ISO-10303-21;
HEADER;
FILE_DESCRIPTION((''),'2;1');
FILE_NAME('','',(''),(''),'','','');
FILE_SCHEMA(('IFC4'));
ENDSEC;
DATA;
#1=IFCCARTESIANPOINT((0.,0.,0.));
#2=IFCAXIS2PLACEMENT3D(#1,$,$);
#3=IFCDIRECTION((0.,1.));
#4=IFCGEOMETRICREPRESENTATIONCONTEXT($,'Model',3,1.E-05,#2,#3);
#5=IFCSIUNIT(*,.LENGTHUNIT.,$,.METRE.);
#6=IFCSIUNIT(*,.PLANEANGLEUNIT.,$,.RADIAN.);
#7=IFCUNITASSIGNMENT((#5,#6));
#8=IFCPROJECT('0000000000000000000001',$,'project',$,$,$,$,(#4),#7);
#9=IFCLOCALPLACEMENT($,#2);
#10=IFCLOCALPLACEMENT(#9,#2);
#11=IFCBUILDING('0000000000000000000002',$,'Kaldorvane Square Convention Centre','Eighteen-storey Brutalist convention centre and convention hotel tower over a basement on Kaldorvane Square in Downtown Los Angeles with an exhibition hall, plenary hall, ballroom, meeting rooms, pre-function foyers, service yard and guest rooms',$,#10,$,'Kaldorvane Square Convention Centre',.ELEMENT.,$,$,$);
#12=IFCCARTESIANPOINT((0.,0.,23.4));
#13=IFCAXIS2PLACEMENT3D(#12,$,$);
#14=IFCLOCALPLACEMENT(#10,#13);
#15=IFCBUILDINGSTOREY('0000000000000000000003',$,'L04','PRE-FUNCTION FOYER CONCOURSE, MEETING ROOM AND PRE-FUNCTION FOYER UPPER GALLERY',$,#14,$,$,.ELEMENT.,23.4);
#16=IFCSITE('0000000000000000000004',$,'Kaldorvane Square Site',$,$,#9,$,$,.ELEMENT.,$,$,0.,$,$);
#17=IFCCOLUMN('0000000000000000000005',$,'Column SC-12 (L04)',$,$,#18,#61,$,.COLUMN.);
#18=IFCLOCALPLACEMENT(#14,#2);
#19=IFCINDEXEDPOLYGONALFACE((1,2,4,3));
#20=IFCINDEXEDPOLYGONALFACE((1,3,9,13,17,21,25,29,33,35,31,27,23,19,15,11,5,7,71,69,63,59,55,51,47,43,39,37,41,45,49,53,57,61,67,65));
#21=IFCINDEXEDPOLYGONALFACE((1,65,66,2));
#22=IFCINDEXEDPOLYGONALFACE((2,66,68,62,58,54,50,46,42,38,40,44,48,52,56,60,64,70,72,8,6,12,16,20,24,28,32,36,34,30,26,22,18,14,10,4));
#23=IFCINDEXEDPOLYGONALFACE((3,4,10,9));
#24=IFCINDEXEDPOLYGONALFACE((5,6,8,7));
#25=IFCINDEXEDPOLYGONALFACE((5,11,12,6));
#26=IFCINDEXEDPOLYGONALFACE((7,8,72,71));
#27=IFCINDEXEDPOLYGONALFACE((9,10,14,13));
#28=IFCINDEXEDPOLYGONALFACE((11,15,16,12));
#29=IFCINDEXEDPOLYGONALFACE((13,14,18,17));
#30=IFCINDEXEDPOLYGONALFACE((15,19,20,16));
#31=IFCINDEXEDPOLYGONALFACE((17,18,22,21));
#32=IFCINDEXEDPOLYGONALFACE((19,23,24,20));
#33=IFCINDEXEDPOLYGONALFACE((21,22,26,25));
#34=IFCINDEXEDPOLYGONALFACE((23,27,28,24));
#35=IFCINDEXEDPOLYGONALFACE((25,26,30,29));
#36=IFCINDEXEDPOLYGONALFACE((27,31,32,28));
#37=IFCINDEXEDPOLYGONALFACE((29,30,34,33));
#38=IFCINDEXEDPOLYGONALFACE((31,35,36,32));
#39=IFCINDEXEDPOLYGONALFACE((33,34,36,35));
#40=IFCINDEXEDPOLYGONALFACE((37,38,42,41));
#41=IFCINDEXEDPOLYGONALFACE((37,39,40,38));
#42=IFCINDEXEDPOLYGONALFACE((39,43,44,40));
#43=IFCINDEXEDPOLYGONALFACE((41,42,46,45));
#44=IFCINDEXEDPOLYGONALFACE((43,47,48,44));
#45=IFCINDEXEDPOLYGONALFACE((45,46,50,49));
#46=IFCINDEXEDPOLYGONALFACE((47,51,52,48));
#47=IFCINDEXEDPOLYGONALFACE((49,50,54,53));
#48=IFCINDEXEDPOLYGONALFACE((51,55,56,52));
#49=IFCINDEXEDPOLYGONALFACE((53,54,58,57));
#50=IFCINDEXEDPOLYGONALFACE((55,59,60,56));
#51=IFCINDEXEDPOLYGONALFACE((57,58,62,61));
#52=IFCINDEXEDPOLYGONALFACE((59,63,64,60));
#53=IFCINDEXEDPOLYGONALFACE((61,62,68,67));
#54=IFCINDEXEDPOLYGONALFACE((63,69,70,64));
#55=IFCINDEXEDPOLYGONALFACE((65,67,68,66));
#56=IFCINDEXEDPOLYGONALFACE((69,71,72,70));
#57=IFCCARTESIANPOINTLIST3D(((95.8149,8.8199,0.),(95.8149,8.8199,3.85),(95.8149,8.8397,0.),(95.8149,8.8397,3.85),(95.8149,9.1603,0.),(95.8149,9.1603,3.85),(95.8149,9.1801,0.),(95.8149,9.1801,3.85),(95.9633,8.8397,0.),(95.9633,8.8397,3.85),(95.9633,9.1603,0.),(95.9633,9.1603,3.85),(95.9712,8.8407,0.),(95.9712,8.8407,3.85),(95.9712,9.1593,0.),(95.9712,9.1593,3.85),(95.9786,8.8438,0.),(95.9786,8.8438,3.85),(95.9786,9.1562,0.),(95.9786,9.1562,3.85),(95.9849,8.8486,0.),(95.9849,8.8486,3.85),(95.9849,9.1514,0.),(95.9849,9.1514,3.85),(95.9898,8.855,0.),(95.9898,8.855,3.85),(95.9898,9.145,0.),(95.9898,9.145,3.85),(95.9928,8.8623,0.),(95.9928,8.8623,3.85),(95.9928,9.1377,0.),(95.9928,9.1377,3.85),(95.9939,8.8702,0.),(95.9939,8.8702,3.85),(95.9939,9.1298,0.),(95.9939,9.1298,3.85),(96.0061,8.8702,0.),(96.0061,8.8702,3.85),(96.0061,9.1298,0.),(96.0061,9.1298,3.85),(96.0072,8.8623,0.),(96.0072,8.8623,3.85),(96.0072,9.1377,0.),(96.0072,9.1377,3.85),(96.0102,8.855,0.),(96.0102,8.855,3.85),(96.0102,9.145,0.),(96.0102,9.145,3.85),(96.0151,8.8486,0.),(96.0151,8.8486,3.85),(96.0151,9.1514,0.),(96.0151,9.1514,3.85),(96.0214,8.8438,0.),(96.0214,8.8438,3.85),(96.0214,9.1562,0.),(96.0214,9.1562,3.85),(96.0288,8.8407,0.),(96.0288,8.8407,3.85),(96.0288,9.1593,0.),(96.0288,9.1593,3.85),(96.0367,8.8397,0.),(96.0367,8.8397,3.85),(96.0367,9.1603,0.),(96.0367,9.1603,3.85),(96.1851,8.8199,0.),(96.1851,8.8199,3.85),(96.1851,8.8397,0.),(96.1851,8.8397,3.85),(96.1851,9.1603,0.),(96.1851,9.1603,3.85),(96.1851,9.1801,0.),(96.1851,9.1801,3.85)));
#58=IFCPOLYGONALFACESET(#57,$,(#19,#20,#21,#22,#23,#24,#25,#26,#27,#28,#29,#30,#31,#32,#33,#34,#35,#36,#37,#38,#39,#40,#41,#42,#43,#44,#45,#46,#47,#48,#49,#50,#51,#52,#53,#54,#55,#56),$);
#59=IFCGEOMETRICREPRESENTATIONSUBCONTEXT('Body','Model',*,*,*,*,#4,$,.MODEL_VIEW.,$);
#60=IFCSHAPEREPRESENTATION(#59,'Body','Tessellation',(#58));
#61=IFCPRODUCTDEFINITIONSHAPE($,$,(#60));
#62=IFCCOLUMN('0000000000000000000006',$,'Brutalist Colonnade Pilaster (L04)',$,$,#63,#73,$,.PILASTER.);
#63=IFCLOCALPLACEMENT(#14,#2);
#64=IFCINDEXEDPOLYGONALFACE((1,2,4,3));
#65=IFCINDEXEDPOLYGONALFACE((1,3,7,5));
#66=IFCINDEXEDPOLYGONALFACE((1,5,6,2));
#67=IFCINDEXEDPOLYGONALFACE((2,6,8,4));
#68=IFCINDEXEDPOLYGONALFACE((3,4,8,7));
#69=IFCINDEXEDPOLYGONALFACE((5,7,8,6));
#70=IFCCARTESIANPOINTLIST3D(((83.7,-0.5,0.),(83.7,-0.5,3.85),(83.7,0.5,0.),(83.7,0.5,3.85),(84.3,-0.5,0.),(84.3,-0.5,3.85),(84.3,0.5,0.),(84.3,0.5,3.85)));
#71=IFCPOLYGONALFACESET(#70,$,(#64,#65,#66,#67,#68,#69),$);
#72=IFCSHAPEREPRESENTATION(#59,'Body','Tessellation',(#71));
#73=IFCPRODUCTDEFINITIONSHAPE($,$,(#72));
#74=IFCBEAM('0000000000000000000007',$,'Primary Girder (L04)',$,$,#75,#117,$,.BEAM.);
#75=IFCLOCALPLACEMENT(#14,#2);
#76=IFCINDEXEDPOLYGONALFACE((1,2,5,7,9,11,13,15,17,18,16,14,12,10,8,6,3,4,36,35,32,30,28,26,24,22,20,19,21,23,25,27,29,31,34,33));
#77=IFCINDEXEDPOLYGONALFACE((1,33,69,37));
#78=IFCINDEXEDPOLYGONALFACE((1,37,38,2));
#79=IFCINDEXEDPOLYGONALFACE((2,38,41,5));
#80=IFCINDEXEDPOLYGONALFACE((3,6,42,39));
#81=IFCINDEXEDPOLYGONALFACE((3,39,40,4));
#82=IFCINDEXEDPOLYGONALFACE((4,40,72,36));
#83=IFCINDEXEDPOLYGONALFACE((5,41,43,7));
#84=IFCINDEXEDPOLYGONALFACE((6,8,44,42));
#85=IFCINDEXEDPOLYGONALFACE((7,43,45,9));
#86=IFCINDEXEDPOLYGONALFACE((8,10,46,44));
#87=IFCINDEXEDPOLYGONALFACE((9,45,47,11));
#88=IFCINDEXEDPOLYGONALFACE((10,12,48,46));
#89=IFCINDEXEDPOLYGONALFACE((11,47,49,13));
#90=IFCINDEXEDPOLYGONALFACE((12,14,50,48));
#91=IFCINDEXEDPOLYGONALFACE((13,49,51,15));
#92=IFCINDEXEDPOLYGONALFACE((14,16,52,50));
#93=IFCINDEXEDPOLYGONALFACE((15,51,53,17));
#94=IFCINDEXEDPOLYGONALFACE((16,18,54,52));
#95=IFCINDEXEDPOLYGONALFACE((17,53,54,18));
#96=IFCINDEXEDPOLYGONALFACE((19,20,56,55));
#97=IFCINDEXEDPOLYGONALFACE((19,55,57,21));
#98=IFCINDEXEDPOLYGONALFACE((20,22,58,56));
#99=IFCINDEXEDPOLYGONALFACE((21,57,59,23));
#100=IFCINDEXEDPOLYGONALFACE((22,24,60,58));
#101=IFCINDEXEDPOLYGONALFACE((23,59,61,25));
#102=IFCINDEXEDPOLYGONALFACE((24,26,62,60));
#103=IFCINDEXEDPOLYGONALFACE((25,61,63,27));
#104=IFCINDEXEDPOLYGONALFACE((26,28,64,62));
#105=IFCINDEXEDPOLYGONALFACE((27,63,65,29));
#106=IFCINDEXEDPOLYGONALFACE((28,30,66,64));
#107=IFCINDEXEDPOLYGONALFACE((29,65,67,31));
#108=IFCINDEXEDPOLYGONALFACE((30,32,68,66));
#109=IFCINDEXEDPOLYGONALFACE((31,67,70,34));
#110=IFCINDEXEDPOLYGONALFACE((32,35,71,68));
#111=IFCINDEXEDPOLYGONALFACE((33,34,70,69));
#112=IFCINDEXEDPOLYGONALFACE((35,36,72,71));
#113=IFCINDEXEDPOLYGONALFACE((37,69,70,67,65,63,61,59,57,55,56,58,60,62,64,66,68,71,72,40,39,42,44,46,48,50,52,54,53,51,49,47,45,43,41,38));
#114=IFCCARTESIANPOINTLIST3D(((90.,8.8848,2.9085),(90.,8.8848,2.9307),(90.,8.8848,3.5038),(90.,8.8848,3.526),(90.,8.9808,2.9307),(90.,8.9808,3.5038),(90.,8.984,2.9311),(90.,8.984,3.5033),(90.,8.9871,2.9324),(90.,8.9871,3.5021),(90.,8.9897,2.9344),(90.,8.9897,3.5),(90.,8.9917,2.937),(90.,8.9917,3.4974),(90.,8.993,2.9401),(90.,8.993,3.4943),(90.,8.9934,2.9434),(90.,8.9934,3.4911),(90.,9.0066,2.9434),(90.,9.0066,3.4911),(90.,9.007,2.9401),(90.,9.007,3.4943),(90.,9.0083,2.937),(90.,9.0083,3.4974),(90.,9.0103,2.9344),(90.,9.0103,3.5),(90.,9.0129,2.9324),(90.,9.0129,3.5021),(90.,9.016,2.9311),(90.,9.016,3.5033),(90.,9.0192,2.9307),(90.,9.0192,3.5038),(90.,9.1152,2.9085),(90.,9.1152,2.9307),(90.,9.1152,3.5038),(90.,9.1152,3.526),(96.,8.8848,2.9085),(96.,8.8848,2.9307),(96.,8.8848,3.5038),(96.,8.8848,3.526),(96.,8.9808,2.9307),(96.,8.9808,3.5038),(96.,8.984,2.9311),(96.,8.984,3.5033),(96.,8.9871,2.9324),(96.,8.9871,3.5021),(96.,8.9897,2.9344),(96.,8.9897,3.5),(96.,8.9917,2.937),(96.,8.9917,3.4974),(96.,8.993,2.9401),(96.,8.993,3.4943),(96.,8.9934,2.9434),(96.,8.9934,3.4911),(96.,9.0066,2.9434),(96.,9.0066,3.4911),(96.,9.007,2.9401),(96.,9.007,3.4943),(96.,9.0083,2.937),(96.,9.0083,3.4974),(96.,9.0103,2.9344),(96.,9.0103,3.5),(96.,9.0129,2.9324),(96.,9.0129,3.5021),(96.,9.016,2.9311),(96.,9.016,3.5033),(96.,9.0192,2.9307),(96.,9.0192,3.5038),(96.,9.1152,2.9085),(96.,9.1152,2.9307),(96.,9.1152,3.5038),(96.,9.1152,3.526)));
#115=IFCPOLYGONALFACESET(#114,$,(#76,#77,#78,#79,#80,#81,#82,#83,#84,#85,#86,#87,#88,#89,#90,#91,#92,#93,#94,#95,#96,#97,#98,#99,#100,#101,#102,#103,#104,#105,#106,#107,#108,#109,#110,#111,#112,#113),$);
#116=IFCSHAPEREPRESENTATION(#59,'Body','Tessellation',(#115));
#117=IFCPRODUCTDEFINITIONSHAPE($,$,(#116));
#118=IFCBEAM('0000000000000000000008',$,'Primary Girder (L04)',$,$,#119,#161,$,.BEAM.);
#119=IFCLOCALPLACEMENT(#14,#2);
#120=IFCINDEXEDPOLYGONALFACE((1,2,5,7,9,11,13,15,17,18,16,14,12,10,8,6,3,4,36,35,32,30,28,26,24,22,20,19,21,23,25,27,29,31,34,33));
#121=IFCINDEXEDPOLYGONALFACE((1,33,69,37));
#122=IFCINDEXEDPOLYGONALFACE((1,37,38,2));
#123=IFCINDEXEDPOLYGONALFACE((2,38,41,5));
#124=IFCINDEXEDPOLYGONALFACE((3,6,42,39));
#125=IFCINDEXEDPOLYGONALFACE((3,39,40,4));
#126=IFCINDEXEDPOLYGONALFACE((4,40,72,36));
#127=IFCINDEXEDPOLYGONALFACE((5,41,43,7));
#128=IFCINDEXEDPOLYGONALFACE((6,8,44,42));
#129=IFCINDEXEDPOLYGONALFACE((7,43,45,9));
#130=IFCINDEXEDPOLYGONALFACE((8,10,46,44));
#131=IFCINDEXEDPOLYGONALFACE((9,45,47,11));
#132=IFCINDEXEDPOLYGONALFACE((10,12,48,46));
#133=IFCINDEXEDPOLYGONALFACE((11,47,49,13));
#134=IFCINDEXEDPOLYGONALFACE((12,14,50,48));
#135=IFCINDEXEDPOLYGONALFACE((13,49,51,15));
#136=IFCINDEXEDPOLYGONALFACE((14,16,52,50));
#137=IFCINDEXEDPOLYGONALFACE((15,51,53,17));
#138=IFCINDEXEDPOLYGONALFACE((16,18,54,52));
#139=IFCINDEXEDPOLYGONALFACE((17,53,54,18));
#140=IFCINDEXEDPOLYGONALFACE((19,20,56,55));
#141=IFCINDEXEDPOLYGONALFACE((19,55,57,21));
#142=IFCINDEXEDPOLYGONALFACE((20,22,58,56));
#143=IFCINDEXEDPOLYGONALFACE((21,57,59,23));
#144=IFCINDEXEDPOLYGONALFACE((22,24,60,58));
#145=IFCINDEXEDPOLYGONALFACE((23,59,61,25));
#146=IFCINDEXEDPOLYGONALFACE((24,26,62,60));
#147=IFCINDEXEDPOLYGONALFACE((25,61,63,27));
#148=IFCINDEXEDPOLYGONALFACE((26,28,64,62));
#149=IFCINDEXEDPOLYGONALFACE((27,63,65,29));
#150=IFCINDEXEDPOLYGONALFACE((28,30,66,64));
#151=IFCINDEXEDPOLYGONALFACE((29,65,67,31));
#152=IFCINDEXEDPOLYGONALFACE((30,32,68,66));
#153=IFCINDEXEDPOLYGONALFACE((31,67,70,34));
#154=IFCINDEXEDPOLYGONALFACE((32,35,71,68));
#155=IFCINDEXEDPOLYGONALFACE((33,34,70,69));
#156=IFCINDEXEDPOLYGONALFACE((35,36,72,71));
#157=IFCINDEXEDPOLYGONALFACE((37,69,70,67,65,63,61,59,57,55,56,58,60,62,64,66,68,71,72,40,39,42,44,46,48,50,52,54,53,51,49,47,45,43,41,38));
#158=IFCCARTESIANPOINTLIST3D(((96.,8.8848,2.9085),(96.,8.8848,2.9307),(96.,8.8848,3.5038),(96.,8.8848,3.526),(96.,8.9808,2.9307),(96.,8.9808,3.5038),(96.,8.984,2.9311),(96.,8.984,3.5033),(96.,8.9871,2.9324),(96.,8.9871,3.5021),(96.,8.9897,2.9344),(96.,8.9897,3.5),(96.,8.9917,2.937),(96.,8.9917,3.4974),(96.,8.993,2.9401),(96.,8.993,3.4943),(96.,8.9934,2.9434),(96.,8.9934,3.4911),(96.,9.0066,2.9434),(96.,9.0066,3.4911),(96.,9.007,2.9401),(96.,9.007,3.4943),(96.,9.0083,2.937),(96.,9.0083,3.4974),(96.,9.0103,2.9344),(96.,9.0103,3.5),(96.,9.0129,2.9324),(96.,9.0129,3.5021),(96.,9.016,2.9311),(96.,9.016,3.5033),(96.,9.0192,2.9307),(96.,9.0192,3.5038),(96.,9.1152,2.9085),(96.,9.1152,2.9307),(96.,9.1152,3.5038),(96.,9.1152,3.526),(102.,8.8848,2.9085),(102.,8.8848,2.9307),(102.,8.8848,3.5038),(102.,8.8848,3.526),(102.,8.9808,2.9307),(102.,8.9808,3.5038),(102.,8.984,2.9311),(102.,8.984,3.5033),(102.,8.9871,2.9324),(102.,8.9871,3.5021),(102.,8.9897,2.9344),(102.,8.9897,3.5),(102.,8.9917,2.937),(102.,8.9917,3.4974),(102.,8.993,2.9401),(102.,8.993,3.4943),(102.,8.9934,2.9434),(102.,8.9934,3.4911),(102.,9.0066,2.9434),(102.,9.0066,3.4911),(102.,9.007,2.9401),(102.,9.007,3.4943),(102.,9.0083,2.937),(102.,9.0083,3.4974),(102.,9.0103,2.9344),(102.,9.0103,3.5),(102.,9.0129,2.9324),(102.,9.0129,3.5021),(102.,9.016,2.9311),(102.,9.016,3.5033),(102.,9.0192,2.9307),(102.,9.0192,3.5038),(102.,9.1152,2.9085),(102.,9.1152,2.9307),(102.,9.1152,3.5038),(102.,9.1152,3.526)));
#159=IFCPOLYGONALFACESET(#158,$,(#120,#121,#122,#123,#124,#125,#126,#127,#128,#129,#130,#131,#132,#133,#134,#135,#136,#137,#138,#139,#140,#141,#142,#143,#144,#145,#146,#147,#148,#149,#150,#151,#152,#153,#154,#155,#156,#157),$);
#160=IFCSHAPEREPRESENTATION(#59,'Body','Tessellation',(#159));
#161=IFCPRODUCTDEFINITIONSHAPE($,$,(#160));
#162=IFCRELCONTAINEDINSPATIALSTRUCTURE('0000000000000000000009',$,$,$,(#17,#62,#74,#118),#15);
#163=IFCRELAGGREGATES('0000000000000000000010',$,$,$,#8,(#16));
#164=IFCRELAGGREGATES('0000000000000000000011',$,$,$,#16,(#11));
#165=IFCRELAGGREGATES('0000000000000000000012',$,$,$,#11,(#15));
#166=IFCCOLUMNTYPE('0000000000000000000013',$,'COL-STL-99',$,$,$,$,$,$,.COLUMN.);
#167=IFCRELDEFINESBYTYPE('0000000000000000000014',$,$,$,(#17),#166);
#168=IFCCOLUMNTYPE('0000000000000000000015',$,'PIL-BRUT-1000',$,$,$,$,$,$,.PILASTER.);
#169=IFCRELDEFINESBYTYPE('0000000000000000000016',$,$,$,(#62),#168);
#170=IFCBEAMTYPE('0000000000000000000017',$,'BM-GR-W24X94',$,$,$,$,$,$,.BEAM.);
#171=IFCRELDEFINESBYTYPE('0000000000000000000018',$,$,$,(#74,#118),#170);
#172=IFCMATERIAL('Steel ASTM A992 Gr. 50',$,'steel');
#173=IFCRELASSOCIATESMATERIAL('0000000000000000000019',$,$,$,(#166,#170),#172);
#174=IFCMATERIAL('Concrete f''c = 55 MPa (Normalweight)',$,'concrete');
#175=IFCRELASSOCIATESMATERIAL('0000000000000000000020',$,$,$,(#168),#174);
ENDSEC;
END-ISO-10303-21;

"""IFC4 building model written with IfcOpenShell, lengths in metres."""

from ifc_helpers import new_model, si_unit, direction, frame, origin, origin_2d, place, context, subcontext, project, spatial, rectangle, i_section, extrude, material, material_profile, profile_set, type_object, element, save


model = new_model("IFC4")

# Units and contexts
model_context = context("Model", 3, precision=1e-05, world=origin(), true_north=direction((0.0, 1.0)))
body_context = subcontext(model_context, "Body", "Model", "MODEL_VIEW")
ifc_project = project(units=[si_unit("LENGTHUNIT", "METRE"), si_unit("PLANEANGLEUNIT", "RADIAN")], contexts=[model_context])

# Site, building, storey
site_placement = place(None, origin())
site = spatial("IfcSite", under=ifc_project, at=site_placement, Name="Kaldorvane Square Site", CompositionType="ELEMENT", RefElevation=0.0)
building_placement = place(site_placement, origin())
building = spatial("IfcBuilding", under=site, at=building_placement, Name="Kaldorvane Square Convention Centre", Description="Eighteen-storey Brutalist convention centre and convention hotel tower over a basement on Kaldorvane Square in Downtown Los Angeles with an exhibition hall, plenary hall, ballroom, meeting rooms, pre-function foyers, service yard and guest rooms", LongName="Kaldorvane Square Convention Centre", CompositionType="ELEMENT")
storey_placement = place(building_placement, frame((0.0, 0.0, 23.4)))
storey = spatial("IfcBuildingStorey", under=building, at=storey_placement, Name="L04", Description="PRE-FUNCTION FOYER CONCOURSE, MEETING ROOM AND PRE-FUNCTION FOYER UPPER GALLERY", CompositionType="ELEMENT", Elevation=23.4)

# Columns
ifc_material_1 = material(Name="Steel ASTM A992 Gr. 50", Category="steel")
ifc_material_profile_1 = material_profile(ifc_material_1, i_section(OverallWidth=0.3701, OverallDepth=0.3602, WebThickness=0.0123, FlangeThickness=0.0198, FilletRadius=0.0305, at=origin_2d()), Name="W14X99")
ifc_profile_set_1 = profile_set([ifc_material_profile_1], Name="Steel ASTM A992 Gr. 50")
column_type_1 = type_object("IfcColumnType", Name="COL-STL-99", PredefinedType="COLUMN", material=ifc_profile_set_1)
for number, where, z_axis, x_axis, name in (
    (1, (96.0, 9.0, 0.0), (0.0, 0.0, 1.0), (1.0, 0.0, 0.0), "Column SC-12 (L04)"),
):
    element("IfcColumn", number, at=place(storey_placement, frame(where, z_axis=z_axis, x_axis=x_axis)), inside=storey, type_object=column_type_1, Name=name, PredefinedType="COLUMN", context=body_context, shape_type="SweptSolid", body=[
        extrude(i_section(OverallWidth=0.3701, OverallDepth=0.3602, WebThickness=0.0123, FlangeThickness=0.0198, FilletRadius=0.0305, at=origin_2d()), origin(), (0.0, 0.0, 1.0), 3.85),
    ])
ifc_material_2 = material(Name="Concrete f'c = 55 MPa (Normalweight)", Category="concrete")
ifc_material_profile_2 = material_profile(ifc_material_2, rectangle(XDim=0.6, YDim=1.0, at=origin_2d()), Name="PIL1000X600")
ifc_profile_set_2 = profile_set([ifc_material_profile_2], Name="Concrete f'c = 55 MPa (Normalweight)")
column_type_2 = type_object("IfcColumnType", Name="PIL-BRUT-1000", PredefinedType="PILASTER", material=ifc_profile_set_2)
column_placement = place(storey_placement, frame((84.0, 0.0, 0.0), z_axis=(0.0, 0.0, 1.0), x_axis=(1.0, 0.0, 0.0)))
element("IfcColumn", 2, at=column_placement, inside=storey, type_object=column_type_2, Name="Brutalist Colonnade Pilaster (L04)", PredefinedType="PILASTER", context=body_context, shape_type="SweptSolid", body=[
    extrude(rectangle(XDim=0.6, YDim=1.0, at=origin_2d()), origin(), (0.0, 0.0, 1.0), 3.85),
])

# Beams
ifc_material_profile_3 = material_profile(ifc_material_1, i_section(OverallWidth=0.2303, OverallDepth=0.6175, WebThickness=0.0131, FlangeThickness=0.0222, FilletRadius=0.0127, at=origin_2d()), Name="W24X94")
ifc_profile_set_3 = profile_set([ifc_material_profile_3], Name="Steel ASTM A992 Gr. 50")
beam_type_1 = type_object("IfcBeamType", Name="BM-GR-W24X94", PredefinedType="BEAM", material=ifc_profile_set_3)
for number, where, z_axis, x_axis, name in (
    (3, (90.0, 9.0, 3.2172), (1.0, 0.0, 0.0), (0.0, 1.0, 0.0), "Primary Girder (L04)"),
    (4, (96.0, 9.0, 3.2172), (1.0, 0.0, 0.0), (0.0, 1.0, 0.0), "Primary Girder (L04)"),
):
    element("IfcBeam", number, at=place(storey_placement, frame(where, z_axis=z_axis, x_axis=x_axis)), inside=storey, type_object=beam_type_1, Name=name, PredefinedType="BEAM", context=body_context, shape_type="SweptSolid", body=[
        extrude(i_section(OverallWidth=0.2303, OverallDepth=0.6175, WebThickness=0.0131, FlangeThickness=0.0222, FilletRadius=0.0127, at=origin_2d()), origin(), (0.0, 0.0, 1.0), 6.0),
    ])

save(model, "model.ifc")
